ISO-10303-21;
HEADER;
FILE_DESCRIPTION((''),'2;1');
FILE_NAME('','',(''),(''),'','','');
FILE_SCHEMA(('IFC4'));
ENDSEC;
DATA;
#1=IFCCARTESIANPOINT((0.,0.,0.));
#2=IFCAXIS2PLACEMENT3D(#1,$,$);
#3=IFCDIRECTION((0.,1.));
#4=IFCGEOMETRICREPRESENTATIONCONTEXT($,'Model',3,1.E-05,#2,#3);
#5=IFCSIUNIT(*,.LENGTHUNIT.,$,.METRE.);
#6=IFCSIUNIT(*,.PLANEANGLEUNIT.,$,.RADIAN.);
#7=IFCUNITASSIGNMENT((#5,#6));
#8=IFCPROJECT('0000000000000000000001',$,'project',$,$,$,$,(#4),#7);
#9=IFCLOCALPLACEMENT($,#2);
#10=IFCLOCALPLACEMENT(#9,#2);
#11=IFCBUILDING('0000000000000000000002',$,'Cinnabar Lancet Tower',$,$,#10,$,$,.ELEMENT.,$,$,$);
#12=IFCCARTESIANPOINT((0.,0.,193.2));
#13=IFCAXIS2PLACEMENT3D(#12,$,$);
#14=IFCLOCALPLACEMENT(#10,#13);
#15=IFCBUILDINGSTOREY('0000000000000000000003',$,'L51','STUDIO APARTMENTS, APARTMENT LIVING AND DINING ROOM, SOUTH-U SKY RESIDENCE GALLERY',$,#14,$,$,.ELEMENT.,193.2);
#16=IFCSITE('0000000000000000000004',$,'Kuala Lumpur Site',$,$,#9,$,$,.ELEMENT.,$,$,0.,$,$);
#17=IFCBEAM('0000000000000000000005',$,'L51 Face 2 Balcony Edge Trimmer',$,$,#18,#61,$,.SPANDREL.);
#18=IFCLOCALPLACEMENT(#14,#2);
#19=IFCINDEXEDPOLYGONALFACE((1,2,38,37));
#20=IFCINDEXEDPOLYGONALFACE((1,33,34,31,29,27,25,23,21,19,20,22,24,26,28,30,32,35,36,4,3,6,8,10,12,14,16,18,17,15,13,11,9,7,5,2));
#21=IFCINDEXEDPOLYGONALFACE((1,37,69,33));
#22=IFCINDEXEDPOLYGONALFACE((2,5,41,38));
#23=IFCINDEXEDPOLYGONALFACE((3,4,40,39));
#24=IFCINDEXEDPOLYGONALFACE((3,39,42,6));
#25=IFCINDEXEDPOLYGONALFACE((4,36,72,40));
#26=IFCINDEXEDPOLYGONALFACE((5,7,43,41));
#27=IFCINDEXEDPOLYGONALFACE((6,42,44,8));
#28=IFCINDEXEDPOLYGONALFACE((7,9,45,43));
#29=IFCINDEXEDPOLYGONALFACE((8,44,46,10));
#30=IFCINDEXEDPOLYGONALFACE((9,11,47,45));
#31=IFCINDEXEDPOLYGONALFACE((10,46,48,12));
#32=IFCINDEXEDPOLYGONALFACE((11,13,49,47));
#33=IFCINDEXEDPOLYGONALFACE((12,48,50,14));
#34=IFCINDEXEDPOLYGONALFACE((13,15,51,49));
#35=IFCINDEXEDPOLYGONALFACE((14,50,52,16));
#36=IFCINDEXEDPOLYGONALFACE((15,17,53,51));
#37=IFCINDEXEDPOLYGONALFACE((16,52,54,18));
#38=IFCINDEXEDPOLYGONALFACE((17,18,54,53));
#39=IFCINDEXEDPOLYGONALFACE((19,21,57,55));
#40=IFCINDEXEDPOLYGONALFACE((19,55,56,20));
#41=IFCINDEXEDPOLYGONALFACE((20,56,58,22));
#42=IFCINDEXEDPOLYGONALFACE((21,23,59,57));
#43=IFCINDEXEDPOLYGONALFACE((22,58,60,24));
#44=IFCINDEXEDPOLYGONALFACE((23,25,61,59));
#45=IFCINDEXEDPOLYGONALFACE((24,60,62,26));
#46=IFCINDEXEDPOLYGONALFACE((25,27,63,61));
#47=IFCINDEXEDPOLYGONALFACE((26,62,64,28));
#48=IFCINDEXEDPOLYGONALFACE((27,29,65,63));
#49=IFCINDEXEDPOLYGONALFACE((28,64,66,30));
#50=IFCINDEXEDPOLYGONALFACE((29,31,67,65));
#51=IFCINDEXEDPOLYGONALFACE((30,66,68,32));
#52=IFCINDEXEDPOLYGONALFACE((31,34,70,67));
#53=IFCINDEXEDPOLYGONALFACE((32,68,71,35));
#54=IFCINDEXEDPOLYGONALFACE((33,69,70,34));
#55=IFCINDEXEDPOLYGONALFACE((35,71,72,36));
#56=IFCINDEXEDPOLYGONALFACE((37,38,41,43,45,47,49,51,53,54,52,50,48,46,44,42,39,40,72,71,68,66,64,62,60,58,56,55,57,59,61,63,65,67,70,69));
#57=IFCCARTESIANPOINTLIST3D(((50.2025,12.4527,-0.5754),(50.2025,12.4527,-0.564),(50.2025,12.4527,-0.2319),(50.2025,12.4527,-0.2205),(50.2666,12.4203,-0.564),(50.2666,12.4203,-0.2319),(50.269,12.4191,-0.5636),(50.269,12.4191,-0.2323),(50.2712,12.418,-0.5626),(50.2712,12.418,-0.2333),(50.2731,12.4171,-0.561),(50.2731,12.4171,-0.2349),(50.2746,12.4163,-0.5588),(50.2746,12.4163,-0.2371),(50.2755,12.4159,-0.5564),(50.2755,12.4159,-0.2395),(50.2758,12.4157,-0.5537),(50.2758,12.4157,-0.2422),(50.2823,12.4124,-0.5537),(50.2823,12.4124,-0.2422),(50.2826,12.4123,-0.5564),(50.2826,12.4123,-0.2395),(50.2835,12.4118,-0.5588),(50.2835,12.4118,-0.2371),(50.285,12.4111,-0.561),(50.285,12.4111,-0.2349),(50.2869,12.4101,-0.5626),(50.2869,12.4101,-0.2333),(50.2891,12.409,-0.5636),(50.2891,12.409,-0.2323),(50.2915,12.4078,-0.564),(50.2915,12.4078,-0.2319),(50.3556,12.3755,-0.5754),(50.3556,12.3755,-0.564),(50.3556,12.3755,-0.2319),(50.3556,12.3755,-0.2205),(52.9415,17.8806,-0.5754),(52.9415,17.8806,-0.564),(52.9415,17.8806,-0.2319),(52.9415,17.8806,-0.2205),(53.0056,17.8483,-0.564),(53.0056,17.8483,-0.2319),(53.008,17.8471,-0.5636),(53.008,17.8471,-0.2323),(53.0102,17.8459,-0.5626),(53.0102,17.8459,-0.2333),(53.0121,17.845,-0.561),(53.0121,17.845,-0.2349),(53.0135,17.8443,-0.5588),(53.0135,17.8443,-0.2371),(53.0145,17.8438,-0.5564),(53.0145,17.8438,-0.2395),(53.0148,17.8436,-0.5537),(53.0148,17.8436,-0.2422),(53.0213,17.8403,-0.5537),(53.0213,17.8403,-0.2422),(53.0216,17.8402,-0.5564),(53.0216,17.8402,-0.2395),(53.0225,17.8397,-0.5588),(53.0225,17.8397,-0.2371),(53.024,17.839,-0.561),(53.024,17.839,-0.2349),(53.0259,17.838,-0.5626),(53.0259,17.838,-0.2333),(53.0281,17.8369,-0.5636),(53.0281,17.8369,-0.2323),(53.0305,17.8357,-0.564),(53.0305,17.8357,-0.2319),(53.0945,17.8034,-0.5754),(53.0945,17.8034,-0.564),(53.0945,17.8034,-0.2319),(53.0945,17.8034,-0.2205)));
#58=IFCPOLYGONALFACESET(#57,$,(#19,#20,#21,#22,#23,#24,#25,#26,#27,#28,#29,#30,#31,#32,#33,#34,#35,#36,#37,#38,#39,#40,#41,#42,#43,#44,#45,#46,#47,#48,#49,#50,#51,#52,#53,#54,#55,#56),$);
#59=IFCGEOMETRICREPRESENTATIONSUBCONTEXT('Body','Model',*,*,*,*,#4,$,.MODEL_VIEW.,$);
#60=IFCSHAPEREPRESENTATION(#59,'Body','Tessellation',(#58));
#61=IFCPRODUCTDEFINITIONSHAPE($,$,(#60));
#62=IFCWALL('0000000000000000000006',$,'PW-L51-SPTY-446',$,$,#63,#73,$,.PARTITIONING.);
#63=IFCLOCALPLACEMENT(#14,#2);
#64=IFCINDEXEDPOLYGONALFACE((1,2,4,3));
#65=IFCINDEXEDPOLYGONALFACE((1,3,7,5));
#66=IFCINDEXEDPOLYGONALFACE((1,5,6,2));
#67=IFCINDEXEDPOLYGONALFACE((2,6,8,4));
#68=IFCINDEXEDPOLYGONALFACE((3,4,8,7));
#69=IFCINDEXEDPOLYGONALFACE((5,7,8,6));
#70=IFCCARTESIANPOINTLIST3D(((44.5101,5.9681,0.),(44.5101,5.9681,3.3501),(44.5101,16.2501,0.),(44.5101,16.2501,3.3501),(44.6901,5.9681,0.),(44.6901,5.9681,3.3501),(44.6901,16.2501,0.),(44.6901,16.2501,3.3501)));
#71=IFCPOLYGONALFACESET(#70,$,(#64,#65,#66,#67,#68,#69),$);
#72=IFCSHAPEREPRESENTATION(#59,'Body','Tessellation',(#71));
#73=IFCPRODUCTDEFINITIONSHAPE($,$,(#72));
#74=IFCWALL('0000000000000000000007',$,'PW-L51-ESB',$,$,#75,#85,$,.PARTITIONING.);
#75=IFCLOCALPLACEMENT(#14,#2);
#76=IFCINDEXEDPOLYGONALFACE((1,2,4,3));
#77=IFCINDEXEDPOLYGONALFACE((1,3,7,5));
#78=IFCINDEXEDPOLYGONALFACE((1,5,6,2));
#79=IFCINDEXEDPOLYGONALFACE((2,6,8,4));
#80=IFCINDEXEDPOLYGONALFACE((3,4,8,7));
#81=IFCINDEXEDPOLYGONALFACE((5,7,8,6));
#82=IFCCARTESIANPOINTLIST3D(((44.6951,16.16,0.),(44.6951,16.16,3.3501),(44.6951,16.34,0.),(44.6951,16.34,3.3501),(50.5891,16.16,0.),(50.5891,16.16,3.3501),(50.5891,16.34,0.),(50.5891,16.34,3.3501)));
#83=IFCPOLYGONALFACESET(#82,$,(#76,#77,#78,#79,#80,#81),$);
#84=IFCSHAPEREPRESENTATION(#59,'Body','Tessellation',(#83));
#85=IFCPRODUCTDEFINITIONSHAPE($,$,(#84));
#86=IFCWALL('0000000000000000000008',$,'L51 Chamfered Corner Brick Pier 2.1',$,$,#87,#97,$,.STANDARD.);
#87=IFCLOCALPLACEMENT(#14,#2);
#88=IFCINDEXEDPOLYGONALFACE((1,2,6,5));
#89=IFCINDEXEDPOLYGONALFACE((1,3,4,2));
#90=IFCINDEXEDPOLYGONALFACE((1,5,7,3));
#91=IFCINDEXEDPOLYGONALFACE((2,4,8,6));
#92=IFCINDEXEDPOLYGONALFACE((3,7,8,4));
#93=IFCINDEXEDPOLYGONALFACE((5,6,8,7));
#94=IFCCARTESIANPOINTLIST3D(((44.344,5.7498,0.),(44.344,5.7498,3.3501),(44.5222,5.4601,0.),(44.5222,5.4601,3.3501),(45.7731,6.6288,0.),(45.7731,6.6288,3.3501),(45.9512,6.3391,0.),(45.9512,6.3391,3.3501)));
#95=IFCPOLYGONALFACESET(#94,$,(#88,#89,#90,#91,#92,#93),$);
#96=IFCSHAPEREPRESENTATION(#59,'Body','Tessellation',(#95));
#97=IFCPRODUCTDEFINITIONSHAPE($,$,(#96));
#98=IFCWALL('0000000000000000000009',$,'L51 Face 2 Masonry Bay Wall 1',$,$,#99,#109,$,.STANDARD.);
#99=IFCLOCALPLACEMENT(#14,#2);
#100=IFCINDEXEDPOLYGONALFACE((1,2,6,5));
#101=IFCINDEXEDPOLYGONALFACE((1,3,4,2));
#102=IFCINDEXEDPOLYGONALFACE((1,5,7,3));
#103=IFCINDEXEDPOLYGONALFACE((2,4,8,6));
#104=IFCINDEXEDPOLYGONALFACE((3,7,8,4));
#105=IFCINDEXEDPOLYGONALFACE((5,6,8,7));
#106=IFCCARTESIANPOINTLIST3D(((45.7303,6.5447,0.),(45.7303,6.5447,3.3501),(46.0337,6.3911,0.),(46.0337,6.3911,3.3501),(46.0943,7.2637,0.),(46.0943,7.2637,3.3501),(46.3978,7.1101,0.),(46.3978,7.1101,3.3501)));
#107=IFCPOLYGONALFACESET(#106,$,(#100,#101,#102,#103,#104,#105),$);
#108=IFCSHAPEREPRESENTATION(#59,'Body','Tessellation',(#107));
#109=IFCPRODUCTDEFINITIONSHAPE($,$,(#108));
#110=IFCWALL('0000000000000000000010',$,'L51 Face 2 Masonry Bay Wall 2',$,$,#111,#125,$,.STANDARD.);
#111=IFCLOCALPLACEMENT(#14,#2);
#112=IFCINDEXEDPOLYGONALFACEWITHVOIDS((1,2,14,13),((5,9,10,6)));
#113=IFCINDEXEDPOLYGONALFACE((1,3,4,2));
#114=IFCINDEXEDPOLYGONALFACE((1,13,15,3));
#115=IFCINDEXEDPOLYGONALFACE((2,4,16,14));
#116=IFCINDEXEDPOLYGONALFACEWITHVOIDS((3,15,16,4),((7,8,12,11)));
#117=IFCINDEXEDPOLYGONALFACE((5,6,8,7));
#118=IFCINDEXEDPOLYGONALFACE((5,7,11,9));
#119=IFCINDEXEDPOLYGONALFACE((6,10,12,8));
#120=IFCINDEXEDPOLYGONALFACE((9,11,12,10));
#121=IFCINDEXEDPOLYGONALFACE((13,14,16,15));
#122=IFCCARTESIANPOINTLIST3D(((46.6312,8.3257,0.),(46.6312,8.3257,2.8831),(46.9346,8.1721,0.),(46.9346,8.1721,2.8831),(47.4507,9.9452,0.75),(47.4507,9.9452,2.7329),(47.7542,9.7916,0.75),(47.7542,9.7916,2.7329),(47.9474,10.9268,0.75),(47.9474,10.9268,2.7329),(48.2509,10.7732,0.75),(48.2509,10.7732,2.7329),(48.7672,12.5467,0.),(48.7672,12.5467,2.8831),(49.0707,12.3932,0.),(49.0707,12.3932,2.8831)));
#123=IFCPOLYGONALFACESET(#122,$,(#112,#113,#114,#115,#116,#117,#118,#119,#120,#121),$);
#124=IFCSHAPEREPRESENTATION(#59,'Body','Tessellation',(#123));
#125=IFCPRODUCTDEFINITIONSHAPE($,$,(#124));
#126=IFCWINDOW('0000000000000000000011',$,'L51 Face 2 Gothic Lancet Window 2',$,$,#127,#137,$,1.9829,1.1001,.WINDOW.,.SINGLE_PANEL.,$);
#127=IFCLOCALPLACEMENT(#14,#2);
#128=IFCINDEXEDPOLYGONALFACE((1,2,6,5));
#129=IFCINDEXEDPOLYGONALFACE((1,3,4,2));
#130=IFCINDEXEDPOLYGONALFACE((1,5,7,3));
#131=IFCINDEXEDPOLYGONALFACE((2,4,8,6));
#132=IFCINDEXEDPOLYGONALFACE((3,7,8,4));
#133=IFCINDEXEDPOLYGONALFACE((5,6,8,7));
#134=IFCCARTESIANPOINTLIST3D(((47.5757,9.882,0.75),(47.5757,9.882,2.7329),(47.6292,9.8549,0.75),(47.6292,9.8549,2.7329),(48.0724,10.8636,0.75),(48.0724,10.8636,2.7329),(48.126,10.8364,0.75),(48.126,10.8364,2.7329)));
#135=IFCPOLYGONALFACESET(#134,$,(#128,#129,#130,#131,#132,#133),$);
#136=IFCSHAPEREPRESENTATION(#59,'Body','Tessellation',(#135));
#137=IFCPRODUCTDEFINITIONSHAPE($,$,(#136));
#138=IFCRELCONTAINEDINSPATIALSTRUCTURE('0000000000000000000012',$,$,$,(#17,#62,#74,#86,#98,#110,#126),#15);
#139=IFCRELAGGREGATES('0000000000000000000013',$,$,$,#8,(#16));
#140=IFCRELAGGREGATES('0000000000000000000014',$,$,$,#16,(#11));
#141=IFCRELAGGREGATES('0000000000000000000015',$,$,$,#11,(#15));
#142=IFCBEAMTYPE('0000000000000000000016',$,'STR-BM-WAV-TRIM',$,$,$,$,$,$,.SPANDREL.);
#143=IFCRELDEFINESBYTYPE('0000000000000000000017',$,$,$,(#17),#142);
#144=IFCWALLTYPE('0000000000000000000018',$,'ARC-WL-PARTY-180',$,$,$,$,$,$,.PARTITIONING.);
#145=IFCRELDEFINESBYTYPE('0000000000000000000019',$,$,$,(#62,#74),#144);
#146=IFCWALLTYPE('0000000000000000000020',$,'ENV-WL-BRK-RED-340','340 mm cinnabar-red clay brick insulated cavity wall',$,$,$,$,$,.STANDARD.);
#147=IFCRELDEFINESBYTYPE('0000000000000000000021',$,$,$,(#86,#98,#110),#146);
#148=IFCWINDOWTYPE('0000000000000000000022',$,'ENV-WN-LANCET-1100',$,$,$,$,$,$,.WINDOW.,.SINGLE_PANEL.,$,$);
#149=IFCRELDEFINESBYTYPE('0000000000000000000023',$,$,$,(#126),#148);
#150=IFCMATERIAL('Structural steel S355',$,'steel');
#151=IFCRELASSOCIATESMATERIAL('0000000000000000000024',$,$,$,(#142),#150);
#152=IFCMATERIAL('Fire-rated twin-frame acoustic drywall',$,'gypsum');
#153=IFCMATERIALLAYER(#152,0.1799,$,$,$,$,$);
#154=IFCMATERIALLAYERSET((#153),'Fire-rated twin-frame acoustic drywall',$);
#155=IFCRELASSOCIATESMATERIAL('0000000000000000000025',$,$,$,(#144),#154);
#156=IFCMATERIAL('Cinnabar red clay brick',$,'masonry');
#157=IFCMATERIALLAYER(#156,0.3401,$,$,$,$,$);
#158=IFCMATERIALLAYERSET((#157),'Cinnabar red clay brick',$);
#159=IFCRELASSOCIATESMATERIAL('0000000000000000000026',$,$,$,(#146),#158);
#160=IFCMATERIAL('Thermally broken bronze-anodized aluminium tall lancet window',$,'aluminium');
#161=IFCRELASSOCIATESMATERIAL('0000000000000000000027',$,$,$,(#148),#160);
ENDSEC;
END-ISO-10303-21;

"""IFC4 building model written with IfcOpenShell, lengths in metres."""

from ifc_helpers import new_model, si_unit, direction, frame, frame_2d, origin, origin_2d, place, context, subcontext, project, spatial, rectangle, i_section, extrude, material, layer, layer_set, material_profile, profile_set, type_object, element, fill, save


model = new_model("IFC4")

# Units and contexts
model_context = context("Model", 3, precision=1e-05, world=origin(), true_north=direction((0.0, 1.0)))
body_context = subcontext(model_context, "Body", "Model", "MODEL_VIEW")
ifc_project = project(units=[si_unit("LENGTHUNIT", "METRE"), si_unit("PLANEANGLEUNIT", "RADIAN")], contexts=[model_context])

# Site, building, storey
site_placement = place(None, origin())
site = spatial("IfcSite", under=ifc_project, at=site_placement, Name="Kuala Lumpur Site", CompositionType="ELEMENT", RefElevation=0.0)
building_placement = place(site_placement, origin())
building = spatial("IfcBuilding", under=site, at=building_placement, Name="Cinnabar Lancet Tower", CompositionType="ELEMENT")
storey_placement = place(building_placement, frame((0.0, 0.0, 193.2)))
storey = spatial("IfcBuildingStorey", under=building, at=storey_placement, Name="L51", Description="STUDIO APARTMENTS, APARTMENT LIVING AND DINING ROOM, SOUTH-U SKY RESIDENCE GALLERY", CompositionType="ELEMENT", Elevation=193.2)

# Beam
ifc_material_1 = material(Name="Structural steel S355", Category="steel")
ifc_material_profile_1 = material_profile(ifc_material_1, i_section(OverallWidth=0.1714, OverallDepth=0.355, WebThickness=0.0073, FlangeThickness=0.0115, FilletRadius=0.0103, at=origin_2d()), Name="UKB 356x171x51")
ifc_profile_set_1 = profile_set([ifc_material_profile_1], Name="Structural steel S355")
beam_type_1 = type_object("IfcBeamType", Name="STR-BM-WAV-TRIM", PredefinedType="SPANDREL", material=ifc_profile_set_1)
beam_1_placement = place(storey_placement, frame((50.2791, 12.4141, -0.3979), z_axis=(0.450503, 0.892775, 0.0), x_axis=(-0.892775, 0.450503, 0.0)))
element("IfcBeam", 1, at=beam_1_placement, inside=storey, type_object=beam_type_1, Name="L51 Face 2 Balcony Edge Trimmer", PredefinedType="SPANDREL", context=body_context, shape_type="SweptSolid", body=[
    extrude(i_section(OverallWidth=0.1714, OverallDepth=0.355, WebThickness=0.0073, FlangeThickness=0.0115, FilletRadius=0.0103, at=origin_2d()), origin(), (0.0, 0.0, 1.0), 6.0798),
])

# Walls
ifc_material_2 = material(Name="Fire-rated twin-frame acoustic drywall", Category="gypsum")
ifc_layer_1 = layer(ifc_material_2, 0.1799)
ifc_layer_set_1 = layer_set([ifc_layer_1], Name="Fire-rated twin-frame acoustic drywall")
wall_type_1 = type_object("IfcWallType", Name="ARC-WL-PARTY-180", PredefinedType="PARTITIONING", material=ifc_layer_set_1)
wall_1_placement = place(storey_placement, frame((44.6001, 5.968, 0.0), z_axis=(0.0, 0.0, 1.0), x_axis=(0.0, 1.0, 0.0)))
element("IfcWall", 2, at=wall_1_placement, inside=storey, type_object=wall_type_1, Name="PW-L51-SPTY-446", PredefinedType="PARTITIONING", context=body_context, shape_type="SweptSolid", body=[
    extrude(rectangle(XDim=10.282, YDim=0.1799, at=frame_2d((5.1411, 0.0))), origin(), (0.0, 0.0, 1.0), 3.3501),
])
wall_2_placement = place(storey_placement, frame((44.6951, 16.25, 0.0), z_axis=(0.0, 0.0, 1.0), x_axis=(1.0, 0.0, 0.0)))
element("IfcWall", 3, at=wall_2_placement, inside=storey, type_object=wall_type_1, Name="PW-L51-ESB", PredefinedType="PARTITIONING", context=body_context, shape_type="SweptSolid", body=[
    extrude(rectangle(XDim=5.894, YDim=0.1799, at=frame_2d((2.947, 0.0))), origin(), (0.0, 0.0, 1.0), 3.3501),
])
ifc_material_3 = material(Name="Cinnabar red clay brick", Category="masonry")
ifc_layer_2 = layer(ifc_material_3, 0.3401)
ifc_layer_set_2 = layer_set([ifc_layer_2], Name="Cinnabar red clay brick")
wall_type_2 = type_object("IfcWallType", Name="ENV-WL-BRK-RED-340", Description="340 mm cinnabar-red clay brick insulated cavity wall", PredefinedType="STANDARD", material=ifc_layer_set_2)
wall_3_placement = place(storey_placement, frame((44.4331, 5.605, 0.0), z_axis=(0.0, 0.0, 1.0), x_axis=(0.851778, 0.523903, 0.0)))
element("IfcWall", 4, at=wall_3_placement, inside=storey, type_object=wall_type_2, Name="L51 Chamfered Corner Brick Pier 2.1", PredefinedType="STANDARD", context=body_context, shape_type="SweptSolid", body=[
    extrude(rectangle(XDim=1.6777, YDim=0.3401, at=frame_2d((0.8389, 0.0))), origin(), (0.0, 0.0, 1.0), 3.3501),
])
wall_4_placement = place(storey_placement, frame((45.8821, 6.468, 0.0), z_axis=(0.0, 0.0, 1.0), x_axis=(0.451692, 0.892174, 0.0)))
element("IfcWall", 5, at=wall_4_placement, inside=storey, type_object=wall_type_2, Name="L51 Face 2 Masonry Bay Wall 1", PredefinedType="STANDARD", context=body_context, shape_type="SweptSolid", body=[
    extrude(rectangle(XDim=0.8059, YDim=0.3401, at=frame_2d((0.4028, 0.0))), origin(), (0.0, 0.0, 1.0), 3.3501),
])

# Wall, opening, window
wall_5_placement = place(storey_placement, frame((46.783, 8.249, 0.0), z_axis=(0.0, 0.0, 1.0), x_axis=(0.451523, 0.89226, 0.0)))
wall_5 = element("IfcWall", 6, at=wall_5_placement, inside=storey, type_object=wall_type_2, Name="L51 Face 2 Masonry Bay Wall 2", PredefinedType="STANDARD", context=body_context, shape_type="SweptSolid", body=[
    extrude(rectangle(XDim=4.7307, YDim=0.3401, at=frame_2d((2.3652, 0.0))), origin(), (0.0, 0.0, 1.0), 2.8831),
])
opening_1_placement = place(wall_5_placement, frame((1.8149, 0.0, 0.75)))
opening_1 = element("IfcOpeningElement", 7, at=opening_1_placement, cuts=wall_5, PredefinedType="OPENING", context=body_context, shape_type="SweptSolid", body=[
    extrude(rectangle(XDim=1.1001, YDim=1.9829, at=frame_2d((0.55, 0.9915))), frame((0.0, 0.1799, 0.0), z_axis=(0.0, -1.0, 0.0), x_axis=(1.0, 0.0, 0.0)), (0.0, 0.0, 1.0), 0.3601),
])
ifc_material_4 = material(Name="Thermally broken bronze-anodized aluminium tall lancet window", Category="aluminium")
window_type = type_object("IfcWindowType", Name="ENV-WN-LANCET-1100", PartitioningType="SINGLE_PANEL", PredefinedType="WINDOW", material=ifc_material_4)
window_1_placement = place(opening_1_placement, origin())
window_1 = element("IfcWindow", 8, at=window_1_placement, inside=storey, type_object=window_type, Name="L51 Face 2 Gothic Lancet Window 2", OverallHeight=1.9829, OverallWidth=1.1001, PartitioningType="SINGLE_PANEL", PredefinedType="WINDOW", context=body_context, shape_type="SweptSolid", body=[
    extrude(rectangle(XDim=1.1001, YDim=1.9829, at=frame_2d((0.55, 0.9915))), frame((0.0, 0.03, 0.0), z_axis=(0.0, -1.0, 0.0), x_axis=(1.0, 0.0, 0.0)), (0.0, 0.0, 1.0), 0.0601),
])
fill(opening_1, window_1)

save(model, "model.ifc")
